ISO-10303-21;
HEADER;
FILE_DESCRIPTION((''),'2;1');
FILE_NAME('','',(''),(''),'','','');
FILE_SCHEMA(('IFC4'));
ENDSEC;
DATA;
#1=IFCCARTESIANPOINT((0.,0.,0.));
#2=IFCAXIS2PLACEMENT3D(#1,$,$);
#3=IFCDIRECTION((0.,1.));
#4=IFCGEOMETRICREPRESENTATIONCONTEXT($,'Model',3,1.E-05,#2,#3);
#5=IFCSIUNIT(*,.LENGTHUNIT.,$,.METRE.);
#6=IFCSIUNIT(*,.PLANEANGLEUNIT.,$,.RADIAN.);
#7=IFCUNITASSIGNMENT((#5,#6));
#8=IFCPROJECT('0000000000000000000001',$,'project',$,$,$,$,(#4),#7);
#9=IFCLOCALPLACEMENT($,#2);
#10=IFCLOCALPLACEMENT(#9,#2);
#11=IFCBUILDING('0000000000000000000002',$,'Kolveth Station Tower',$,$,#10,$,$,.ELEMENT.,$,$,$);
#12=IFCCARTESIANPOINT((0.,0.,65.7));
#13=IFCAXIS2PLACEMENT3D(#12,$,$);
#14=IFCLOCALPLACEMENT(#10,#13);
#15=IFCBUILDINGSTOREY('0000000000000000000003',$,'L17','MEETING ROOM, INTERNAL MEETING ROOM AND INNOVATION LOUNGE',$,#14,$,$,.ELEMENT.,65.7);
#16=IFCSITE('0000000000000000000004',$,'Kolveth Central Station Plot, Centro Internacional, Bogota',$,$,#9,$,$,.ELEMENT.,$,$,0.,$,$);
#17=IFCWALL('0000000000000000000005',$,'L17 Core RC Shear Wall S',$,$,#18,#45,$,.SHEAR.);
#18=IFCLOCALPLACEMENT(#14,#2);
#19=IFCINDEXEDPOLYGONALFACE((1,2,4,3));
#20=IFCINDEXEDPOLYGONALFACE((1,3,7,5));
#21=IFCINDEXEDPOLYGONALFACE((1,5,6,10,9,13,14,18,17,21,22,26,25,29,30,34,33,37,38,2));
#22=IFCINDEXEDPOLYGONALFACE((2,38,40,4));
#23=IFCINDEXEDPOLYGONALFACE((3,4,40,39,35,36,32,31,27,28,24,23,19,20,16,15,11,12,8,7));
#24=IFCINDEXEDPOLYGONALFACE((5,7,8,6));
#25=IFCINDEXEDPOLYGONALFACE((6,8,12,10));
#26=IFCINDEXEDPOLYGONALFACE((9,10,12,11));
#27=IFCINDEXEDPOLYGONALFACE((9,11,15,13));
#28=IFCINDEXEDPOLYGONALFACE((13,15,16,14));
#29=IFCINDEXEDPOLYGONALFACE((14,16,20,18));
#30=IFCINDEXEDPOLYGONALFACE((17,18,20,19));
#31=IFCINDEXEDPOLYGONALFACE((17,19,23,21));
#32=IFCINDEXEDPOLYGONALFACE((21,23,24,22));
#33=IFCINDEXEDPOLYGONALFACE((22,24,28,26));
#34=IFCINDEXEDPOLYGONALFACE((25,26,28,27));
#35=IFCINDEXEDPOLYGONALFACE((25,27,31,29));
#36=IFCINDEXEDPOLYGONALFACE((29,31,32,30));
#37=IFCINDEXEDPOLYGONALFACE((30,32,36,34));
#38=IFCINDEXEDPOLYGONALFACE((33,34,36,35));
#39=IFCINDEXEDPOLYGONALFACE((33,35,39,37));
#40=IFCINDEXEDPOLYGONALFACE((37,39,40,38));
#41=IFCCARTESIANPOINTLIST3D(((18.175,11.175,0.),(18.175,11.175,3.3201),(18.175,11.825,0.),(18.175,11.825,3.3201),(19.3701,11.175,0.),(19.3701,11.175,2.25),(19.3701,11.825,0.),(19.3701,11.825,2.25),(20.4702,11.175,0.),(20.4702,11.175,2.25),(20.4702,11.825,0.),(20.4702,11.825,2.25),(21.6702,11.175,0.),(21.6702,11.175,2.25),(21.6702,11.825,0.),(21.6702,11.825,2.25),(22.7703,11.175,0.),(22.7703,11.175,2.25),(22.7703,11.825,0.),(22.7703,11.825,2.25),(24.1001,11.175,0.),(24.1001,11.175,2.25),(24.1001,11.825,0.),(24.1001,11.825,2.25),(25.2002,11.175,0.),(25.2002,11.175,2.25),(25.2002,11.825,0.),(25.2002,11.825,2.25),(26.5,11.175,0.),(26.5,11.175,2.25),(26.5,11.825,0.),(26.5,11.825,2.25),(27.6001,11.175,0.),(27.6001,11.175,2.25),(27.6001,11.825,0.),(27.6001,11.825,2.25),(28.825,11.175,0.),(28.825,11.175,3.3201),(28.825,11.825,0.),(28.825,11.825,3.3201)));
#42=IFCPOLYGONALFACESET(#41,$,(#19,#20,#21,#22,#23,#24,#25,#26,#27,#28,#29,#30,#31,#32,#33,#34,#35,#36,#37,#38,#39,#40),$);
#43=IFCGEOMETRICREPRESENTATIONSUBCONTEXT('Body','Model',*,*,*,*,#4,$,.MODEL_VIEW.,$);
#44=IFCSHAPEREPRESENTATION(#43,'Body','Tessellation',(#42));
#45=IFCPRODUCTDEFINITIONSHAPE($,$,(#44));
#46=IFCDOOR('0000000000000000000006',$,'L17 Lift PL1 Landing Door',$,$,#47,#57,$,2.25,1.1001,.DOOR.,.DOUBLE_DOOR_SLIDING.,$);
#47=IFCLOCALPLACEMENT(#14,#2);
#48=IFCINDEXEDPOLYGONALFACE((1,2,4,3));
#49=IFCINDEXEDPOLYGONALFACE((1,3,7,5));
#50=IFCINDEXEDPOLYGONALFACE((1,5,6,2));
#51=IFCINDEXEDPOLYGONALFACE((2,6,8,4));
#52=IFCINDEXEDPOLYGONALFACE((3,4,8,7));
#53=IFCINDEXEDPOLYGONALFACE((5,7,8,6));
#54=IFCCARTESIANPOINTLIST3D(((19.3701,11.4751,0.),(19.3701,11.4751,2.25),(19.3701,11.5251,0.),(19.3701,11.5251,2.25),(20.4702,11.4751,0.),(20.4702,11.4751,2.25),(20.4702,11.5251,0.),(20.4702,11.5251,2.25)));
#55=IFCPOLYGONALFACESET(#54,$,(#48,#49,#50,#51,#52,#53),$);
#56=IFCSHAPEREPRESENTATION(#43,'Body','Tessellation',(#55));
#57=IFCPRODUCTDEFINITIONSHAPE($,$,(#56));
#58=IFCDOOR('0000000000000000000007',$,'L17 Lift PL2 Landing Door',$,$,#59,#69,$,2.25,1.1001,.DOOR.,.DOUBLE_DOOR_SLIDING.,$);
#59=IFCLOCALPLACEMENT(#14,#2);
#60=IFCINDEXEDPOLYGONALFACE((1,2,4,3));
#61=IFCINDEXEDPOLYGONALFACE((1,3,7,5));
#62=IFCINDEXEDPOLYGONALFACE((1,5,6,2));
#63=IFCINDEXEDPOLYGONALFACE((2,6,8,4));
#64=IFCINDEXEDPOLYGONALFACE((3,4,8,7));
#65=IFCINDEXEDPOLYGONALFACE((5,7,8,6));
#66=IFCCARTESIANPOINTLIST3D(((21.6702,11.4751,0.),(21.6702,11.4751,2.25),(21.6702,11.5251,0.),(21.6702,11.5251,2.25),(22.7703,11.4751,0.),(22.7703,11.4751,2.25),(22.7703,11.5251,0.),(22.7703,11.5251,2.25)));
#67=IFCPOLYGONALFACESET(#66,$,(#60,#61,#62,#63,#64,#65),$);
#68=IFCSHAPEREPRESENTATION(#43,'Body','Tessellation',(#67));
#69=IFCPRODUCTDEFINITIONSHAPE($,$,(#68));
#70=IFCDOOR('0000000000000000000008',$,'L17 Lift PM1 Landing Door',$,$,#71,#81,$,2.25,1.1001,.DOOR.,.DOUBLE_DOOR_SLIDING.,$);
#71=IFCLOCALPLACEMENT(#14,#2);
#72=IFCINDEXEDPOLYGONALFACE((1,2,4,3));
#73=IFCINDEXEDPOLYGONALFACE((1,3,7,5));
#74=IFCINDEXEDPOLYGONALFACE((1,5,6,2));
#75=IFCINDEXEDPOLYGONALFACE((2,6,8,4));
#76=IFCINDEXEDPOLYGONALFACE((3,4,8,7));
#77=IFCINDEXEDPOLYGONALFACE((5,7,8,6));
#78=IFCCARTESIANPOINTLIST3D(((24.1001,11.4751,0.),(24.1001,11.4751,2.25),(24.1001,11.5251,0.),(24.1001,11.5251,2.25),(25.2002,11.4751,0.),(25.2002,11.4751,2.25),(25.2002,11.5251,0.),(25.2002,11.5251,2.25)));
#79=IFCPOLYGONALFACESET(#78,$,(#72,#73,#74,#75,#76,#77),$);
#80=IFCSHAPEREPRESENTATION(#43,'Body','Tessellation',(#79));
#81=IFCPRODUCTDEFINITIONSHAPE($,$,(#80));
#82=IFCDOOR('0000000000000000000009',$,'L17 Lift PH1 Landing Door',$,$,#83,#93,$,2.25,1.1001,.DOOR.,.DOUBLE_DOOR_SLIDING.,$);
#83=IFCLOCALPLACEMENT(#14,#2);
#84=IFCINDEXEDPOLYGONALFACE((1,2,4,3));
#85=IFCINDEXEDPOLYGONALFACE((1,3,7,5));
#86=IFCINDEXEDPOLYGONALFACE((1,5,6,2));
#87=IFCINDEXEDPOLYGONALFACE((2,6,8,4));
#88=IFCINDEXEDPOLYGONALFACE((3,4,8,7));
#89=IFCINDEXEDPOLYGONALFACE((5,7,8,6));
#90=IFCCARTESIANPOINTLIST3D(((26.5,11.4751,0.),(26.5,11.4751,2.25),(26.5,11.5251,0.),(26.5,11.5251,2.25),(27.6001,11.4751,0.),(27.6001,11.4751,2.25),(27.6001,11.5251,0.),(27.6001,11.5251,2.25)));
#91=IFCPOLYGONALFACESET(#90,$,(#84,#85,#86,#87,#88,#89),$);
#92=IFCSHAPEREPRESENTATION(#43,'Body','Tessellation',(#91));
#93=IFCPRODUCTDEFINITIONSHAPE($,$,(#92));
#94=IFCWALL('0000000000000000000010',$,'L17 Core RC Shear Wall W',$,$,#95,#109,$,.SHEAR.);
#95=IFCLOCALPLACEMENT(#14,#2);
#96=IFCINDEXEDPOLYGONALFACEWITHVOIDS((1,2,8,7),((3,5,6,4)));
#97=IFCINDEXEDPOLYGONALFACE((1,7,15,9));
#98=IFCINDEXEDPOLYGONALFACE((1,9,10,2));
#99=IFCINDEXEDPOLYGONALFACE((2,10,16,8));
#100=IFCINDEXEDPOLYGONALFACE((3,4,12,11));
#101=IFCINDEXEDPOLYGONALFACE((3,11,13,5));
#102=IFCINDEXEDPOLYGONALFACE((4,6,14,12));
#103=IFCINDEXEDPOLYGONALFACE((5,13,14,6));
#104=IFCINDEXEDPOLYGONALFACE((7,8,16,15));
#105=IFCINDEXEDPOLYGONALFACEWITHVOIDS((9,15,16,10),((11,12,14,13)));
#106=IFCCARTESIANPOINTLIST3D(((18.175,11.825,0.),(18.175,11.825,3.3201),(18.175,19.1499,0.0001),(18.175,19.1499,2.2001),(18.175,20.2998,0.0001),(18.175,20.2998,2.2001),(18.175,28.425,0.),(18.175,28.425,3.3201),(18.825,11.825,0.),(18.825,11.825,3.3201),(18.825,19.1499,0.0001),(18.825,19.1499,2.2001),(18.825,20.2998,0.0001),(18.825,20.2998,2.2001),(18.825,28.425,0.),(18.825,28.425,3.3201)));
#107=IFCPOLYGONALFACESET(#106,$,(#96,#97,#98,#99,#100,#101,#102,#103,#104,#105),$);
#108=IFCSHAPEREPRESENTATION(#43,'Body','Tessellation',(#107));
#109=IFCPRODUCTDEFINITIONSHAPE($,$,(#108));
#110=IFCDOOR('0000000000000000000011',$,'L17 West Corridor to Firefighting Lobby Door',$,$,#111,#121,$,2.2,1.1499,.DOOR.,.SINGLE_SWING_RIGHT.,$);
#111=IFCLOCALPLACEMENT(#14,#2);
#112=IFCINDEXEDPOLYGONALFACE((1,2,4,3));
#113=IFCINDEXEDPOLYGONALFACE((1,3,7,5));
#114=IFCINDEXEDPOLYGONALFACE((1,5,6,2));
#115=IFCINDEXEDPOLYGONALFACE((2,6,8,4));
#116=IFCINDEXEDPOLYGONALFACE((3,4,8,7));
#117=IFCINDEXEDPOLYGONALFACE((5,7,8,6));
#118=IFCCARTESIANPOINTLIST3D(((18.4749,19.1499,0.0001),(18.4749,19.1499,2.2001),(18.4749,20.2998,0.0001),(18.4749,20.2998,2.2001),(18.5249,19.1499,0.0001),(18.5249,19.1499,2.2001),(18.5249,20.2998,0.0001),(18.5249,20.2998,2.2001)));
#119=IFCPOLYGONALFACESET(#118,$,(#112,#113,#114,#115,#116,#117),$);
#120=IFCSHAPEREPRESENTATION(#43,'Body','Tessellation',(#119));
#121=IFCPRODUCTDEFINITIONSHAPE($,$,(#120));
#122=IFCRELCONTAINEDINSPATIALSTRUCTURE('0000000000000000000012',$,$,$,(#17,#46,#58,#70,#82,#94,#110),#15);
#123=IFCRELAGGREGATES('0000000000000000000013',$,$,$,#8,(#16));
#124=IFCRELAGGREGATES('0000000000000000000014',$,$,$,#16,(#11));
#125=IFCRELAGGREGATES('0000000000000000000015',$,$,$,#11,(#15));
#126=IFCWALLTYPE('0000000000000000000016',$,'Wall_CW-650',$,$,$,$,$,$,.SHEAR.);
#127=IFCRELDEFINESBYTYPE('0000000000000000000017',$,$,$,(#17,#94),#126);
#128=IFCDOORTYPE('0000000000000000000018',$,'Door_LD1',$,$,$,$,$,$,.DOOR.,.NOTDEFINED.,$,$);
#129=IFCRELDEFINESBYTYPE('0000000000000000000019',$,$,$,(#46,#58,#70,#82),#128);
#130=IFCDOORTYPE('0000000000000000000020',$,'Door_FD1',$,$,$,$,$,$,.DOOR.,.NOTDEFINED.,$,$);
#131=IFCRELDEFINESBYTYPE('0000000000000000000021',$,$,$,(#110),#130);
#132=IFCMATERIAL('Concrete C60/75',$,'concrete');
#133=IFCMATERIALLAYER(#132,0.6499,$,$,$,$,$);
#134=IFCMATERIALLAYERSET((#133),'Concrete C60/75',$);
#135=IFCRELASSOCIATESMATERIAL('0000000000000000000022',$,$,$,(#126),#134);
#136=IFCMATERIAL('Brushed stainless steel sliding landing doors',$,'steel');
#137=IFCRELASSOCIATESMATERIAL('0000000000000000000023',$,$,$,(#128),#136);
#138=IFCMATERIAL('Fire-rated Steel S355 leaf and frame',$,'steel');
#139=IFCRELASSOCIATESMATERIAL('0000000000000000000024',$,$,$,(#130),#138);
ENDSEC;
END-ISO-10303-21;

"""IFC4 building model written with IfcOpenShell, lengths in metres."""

from ifc_helpers import new_model, si_unit, direction, frame, frame_2d, origin, place, context, subcontext, project, spatial, rectangle, extrude, material, layer, layer_set, type_object, element, fill, save


model = new_model("IFC4")

# Units and contexts
model_context = context("Model", 3, precision=1e-05, world=origin(), true_north=direction((0.0, 1.0)))
body_context = subcontext(model_context, "Body", "Model", "MODEL_VIEW")
ifc_project = project(units=[si_unit("LENGTHUNIT", "METRE"), si_unit("PLANEANGLEUNIT", "RADIAN")], contexts=[model_context])

# Site, building, storey
site_placement = place(None, origin())
site = spatial("IfcSite", under=ifc_project, at=site_placement, Name="Kolveth Central Station Plot, Centro Internacional, Bogota", CompositionType="ELEMENT", RefElevation=0.0)
building_placement = place(site_placement, origin())
building = spatial("IfcBuilding", under=site, at=building_placement, Name="Kolveth Station Tower", CompositionType="ELEMENT")
storey_placement = place(building_placement, frame((0.0, 0.0, 65.7)))
storey = spatial("IfcBuildingStorey", under=building, at=storey_placement, Name="L17", Description="MEETING ROOM, INTERNAL MEETING ROOM AND INNOVATION LOUNGE", CompositionType="ELEMENT", Elevation=65.7)

# Wall, openings, doors
ifc_material_1 = material(Name="Concrete C60/75", Category="concrete")
ifc_layer_1 = layer(ifc_material_1, 0.6499)
ifc_layer_set_1 = layer_set([ifc_layer_1], Name="Concrete C60/75")
wall_type_1 = type_object("IfcWallType", Name="Wall_CW-650", PredefinedType="SHEAR", material=ifc_layer_set_1)
wall_1_placement = place(storey_placement, frame((18.175, 11.5, 0.0), z_axis=(0.0, 0.0, 1.0), x_axis=(1.0, 0.0, 0.0)))
wall_1 = element("IfcWall", 1, at=wall_1_placement, inside=storey, type_object=wall_type_1, Name="L17 Core RC Shear Wall S", PredefinedType="SHEAR", context=body_context, shape_type="SweptSolid", body=[
    extrude(rectangle(XDim=10.6499, YDim=0.6499, at=frame_2d((5.325, 0.0))), origin(), (0.0, 0.0, 1.0), 3.3201),
])
opening_1_placement = place(wall_1_placement, frame((1.1951, 0.0, 0.0)))
opening_1 = element("IfcOpeningElement", 2, at=opening_1_placement, cuts=wall_1, PredefinedType="OPENING", context=body_context, shape_type="SweptSolid", body=[
    extrude(rectangle(XDim=1.1001, YDim=2.25, at=frame_2d((0.55, 1.125))), frame((0.0, 0.335, 0.0), z_axis=(0.0, -1.0, 0.0), x_axis=(1.0, 0.0, 0.0)), (0.0, 0.0, 1.0), 0.6699),
])
opening_2_placement = place(wall_1_placement, frame((3.4951, 0.0, 0.0)))
opening_2 = element("IfcOpeningElement", 3, at=opening_2_placement, cuts=wall_1, PredefinedType="OPENING", context=body_context, shape_type="SweptSolid", body=[
    extrude(rectangle(XDim=1.1001, YDim=2.25, at=frame_2d((0.55, 1.125))), frame((0.0, 0.335, 0.0), z_axis=(0.0, -1.0, 0.0), x_axis=(1.0, 0.0, 0.0)), (0.0, 0.0, 1.0), 0.6699),
])
opening_3_placement = place(wall_1_placement, frame((5.925, 0.0, 0.0)))
opening_3 = element("IfcOpeningElement", 4, at=opening_3_placement, cuts=wall_1, PredefinedType="OPENING", context=body_context, shape_type="SweptSolid", body=[
    extrude(rectangle(XDim=1.1001, YDim=2.25, at=frame_2d((0.55, 1.125))), frame((0.0, 0.335, 0.0), z_axis=(0.0, -1.0, 0.0), x_axis=(1.0, 0.0, 0.0)), (0.0, 0.0, 1.0), 0.6699),
])
opening_4_placement = place(wall_1_placement, frame((8.325, 0.0, 0.0)))
opening_4 = element("IfcOpeningElement", 5, at=opening_4_placement, cuts=wall_1, PredefinedType="OPENING", context=body_context, shape_type="SweptSolid", body=[
    extrude(rectangle(XDim=1.1001, YDim=2.25, at=frame_2d((0.55, 1.125))), frame((0.0, 0.335, 0.0), z_axis=(0.0, -1.0, 0.0), x_axis=(1.0, 0.0, 0.0)), (0.0, 0.0, 1.0), 0.6699),
])
ifc_material_2 = material(Name="Brushed stainless steel sliding landing doors", Category="steel")
door_type_1 = type_object("IfcDoorType", Name="Door_LD1", OperationType="NOTDEFINED", PredefinedType="DOOR", material=ifc_material_2)
door_1_placement = place(opening_1_placement, frame((1.1001, 0.0, 0.0), z_axis=(0.0, 0.0, 1.0), x_axis=(-1.0, 0.0, 0.0)))
door_1 = element("IfcDoor", 6, at=door_1_placement, inside=storey, type_object=door_type_1, Name="L17 Lift PL1 Landing Door", OperationType="DOUBLE_DOOR_SLIDING", OverallHeight=2.25, OverallWidth=1.1001, PredefinedType="DOOR", context=body_context, shape_type="SweptSolid", body=[
    extrude(rectangle(XDim=1.1001, YDim=2.25, at=frame_2d((0.55, 1.125))), frame((0.0, 0.0249, 0.0), z_axis=(0.0, -1.0, 0.0), x_axis=(1.0, 0.0, 0.0)), (0.0, 0.0, 1.0), 0.05),
])
fill(opening_1, door_1)
door_2_placement = place(opening_2_placement, frame((1.1001, 0.0, 0.0), z_axis=(0.0, 0.0, 1.0), x_axis=(-1.0, 0.0, 0.0)))
door_2 = element("IfcDoor", 7, at=door_2_placement, inside=storey, type_object=door_type_1, Name="L17 Lift PL2 Landing Door", OperationType="DOUBLE_DOOR_SLIDING", OverallHeight=2.25, OverallWidth=1.1001, PredefinedType="DOOR", context=body_context, shape_type="SweptSolid", body=[
    extrude(rectangle(XDim=1.1001, YDim=2.25, at=frame_2d((0.55, 1.125))), frame((0.0, 0.0249, 0.0), z_axis=(0.0, -1.0, 0.0), x_axis=(1.0, 0.0, 0.0)), (0.0, 0.0, 1.0), 0.05),
])
fill(opening_2, door_2)
door_3_placement = place(opening_3_placement, frame((1.1001, 0.0, 0.0), z_axis=(0.0, 0.0, 1.0), x_axis=(-1.0, 0.0, 0.0)))
door_3 = element("IfcDoor", 8, at=door_3_placement, inside=storey, type_object=door_type_1, Name="L17 Lift PM1 Landing Door", OperationType="DOUBLE_DOOR_SLIDING", OverallHeight=2.25, OverallWidth=1.1001, PredefinedType="DOOR", context=body_context, shape_type="SweptSolid", body=[
    extrude(rectangle(XDim=1.1001, YDim=2.25, at=frame_2d((0.55, 1.125))), frame((0.0, 0.0249, 0.0), z_axis=(0.0, -1.0, 0.0), x_axis=(1.0, 0.0, 0.0)), (0.0, 0.0, 1.0), 0.05),
])
fill(opening_3, door_3)
door_4_placement = place(opening_4_placement, frame((1.1001, 0.0, 0.0), z_axis=(0.0, 0.0, 1.0), x_axis=(-1.0, 0.0, 0.0)))
door_4 = element("IfcDoor", 9, at=door_4_placement, inside=storey, type_object=door_type_1, Name="L17 Lift PH1 Landing Door", OperationType="DOUBLE_DOOR_SLIDING", OverallHeight=2.25, OverallWidth=1.1001, PredefinedType="DOOR", context=body_context, shape_type="SweptSolid", body=[
    extrude(rectangle(XDim=1.1001, YDim=2.25, at=frame_2d((0.55, 1.125))), frame((0.0, 0.0249, 0.0), z_axis=(0.0, -1.0, 0.0), x_axis=(1.0, 0.0, 0.0)), (0.0, 0.0, 1.0), 0.05),
])
fill(opening_4, door_4)

# Wall, opening, door
wall_2_placement = place(storey_placement, frame((18.5, 11.825, 0.0), z_axis=(0.0, 0.0, 1.0), x_axis=(0.0, 1.0, 0.0)))
wall_2 = element("IfcWall", 10, at=wall_2_placement, inside=storey, type_object=wall_type_1, Name="L17 Core RC Shear Wall W", PredefinedType="SHEAR", context=body_context, shape_type="SweptSolid", body=[
    extrude(rectangle(XDim=16.6001, YDim=0.6499, at=frame_2d((8.3, 0.0))), origin(), (0.0, 0.0, 1.0), 3.3201),
])
opening_5_placement = place(wall_2_placement, frame((7.325, 0.0, 0.0)))
opening_5 = element("IfcOpeningElement", 11, at=opening_5_placement, cuts=wall_2, PredefinedType="OPENING", context=body_context, shape_type="SweptSolid", body=[
    extrude(rectangle(XDim=1.1499, YDim=2.2, at=frame_2d((0.575, 1.1001))), frame((0.0, 0.335, 0.0), z_axis=(0.0, -1.0, 0.0), x_axis=(1.0, 0.0, 0.0)), (0.0, 0.0, 1.0), 0.6699),
])
ifc_material_3 = material(Name="Fire-rated Steel S355 leaf and frame", Category="steel")
door_type_2 = type_object("IfcDoorType", Name="Door_FD1", OperationType="NOTDEFINED", PredefinedType="DOOR", material=ifc_material_3)
door_5_placement = place(opening_5_placement, frame((1.1499, 0.0, 0.0), z_axis=(0.0, 0.0, 1.0), x_axis=(-1.0, 0.0, 0.0)))
door_5 = element("IfcDoor", 12, at=door_5_placement, inside=storey, type_object=door_type_2, Name="L17 West Corridor to Firefighting Lobby Door", OperationType="SINGLE_SWING_RIGHT", OverallHeight=2.2, OverallWidth=1.1499, PredefinedType="DOOR", context=body_context, shape_type="SweptSolid", body=[
    extrude(rectangle(XDim=1.1499, YDim=2.2, at=frame_2d((0.575, 1.1001))), frame((0.0, 0.0249, 0.0), z_axis=(0.0, -1.0, 0.0), x_axis=(1.0, 0.0, 0.0)), (0.0, 0.0, 1.0), 0.05),
])
fill(opening_5, door_5)

save(model, "model.ifc")
